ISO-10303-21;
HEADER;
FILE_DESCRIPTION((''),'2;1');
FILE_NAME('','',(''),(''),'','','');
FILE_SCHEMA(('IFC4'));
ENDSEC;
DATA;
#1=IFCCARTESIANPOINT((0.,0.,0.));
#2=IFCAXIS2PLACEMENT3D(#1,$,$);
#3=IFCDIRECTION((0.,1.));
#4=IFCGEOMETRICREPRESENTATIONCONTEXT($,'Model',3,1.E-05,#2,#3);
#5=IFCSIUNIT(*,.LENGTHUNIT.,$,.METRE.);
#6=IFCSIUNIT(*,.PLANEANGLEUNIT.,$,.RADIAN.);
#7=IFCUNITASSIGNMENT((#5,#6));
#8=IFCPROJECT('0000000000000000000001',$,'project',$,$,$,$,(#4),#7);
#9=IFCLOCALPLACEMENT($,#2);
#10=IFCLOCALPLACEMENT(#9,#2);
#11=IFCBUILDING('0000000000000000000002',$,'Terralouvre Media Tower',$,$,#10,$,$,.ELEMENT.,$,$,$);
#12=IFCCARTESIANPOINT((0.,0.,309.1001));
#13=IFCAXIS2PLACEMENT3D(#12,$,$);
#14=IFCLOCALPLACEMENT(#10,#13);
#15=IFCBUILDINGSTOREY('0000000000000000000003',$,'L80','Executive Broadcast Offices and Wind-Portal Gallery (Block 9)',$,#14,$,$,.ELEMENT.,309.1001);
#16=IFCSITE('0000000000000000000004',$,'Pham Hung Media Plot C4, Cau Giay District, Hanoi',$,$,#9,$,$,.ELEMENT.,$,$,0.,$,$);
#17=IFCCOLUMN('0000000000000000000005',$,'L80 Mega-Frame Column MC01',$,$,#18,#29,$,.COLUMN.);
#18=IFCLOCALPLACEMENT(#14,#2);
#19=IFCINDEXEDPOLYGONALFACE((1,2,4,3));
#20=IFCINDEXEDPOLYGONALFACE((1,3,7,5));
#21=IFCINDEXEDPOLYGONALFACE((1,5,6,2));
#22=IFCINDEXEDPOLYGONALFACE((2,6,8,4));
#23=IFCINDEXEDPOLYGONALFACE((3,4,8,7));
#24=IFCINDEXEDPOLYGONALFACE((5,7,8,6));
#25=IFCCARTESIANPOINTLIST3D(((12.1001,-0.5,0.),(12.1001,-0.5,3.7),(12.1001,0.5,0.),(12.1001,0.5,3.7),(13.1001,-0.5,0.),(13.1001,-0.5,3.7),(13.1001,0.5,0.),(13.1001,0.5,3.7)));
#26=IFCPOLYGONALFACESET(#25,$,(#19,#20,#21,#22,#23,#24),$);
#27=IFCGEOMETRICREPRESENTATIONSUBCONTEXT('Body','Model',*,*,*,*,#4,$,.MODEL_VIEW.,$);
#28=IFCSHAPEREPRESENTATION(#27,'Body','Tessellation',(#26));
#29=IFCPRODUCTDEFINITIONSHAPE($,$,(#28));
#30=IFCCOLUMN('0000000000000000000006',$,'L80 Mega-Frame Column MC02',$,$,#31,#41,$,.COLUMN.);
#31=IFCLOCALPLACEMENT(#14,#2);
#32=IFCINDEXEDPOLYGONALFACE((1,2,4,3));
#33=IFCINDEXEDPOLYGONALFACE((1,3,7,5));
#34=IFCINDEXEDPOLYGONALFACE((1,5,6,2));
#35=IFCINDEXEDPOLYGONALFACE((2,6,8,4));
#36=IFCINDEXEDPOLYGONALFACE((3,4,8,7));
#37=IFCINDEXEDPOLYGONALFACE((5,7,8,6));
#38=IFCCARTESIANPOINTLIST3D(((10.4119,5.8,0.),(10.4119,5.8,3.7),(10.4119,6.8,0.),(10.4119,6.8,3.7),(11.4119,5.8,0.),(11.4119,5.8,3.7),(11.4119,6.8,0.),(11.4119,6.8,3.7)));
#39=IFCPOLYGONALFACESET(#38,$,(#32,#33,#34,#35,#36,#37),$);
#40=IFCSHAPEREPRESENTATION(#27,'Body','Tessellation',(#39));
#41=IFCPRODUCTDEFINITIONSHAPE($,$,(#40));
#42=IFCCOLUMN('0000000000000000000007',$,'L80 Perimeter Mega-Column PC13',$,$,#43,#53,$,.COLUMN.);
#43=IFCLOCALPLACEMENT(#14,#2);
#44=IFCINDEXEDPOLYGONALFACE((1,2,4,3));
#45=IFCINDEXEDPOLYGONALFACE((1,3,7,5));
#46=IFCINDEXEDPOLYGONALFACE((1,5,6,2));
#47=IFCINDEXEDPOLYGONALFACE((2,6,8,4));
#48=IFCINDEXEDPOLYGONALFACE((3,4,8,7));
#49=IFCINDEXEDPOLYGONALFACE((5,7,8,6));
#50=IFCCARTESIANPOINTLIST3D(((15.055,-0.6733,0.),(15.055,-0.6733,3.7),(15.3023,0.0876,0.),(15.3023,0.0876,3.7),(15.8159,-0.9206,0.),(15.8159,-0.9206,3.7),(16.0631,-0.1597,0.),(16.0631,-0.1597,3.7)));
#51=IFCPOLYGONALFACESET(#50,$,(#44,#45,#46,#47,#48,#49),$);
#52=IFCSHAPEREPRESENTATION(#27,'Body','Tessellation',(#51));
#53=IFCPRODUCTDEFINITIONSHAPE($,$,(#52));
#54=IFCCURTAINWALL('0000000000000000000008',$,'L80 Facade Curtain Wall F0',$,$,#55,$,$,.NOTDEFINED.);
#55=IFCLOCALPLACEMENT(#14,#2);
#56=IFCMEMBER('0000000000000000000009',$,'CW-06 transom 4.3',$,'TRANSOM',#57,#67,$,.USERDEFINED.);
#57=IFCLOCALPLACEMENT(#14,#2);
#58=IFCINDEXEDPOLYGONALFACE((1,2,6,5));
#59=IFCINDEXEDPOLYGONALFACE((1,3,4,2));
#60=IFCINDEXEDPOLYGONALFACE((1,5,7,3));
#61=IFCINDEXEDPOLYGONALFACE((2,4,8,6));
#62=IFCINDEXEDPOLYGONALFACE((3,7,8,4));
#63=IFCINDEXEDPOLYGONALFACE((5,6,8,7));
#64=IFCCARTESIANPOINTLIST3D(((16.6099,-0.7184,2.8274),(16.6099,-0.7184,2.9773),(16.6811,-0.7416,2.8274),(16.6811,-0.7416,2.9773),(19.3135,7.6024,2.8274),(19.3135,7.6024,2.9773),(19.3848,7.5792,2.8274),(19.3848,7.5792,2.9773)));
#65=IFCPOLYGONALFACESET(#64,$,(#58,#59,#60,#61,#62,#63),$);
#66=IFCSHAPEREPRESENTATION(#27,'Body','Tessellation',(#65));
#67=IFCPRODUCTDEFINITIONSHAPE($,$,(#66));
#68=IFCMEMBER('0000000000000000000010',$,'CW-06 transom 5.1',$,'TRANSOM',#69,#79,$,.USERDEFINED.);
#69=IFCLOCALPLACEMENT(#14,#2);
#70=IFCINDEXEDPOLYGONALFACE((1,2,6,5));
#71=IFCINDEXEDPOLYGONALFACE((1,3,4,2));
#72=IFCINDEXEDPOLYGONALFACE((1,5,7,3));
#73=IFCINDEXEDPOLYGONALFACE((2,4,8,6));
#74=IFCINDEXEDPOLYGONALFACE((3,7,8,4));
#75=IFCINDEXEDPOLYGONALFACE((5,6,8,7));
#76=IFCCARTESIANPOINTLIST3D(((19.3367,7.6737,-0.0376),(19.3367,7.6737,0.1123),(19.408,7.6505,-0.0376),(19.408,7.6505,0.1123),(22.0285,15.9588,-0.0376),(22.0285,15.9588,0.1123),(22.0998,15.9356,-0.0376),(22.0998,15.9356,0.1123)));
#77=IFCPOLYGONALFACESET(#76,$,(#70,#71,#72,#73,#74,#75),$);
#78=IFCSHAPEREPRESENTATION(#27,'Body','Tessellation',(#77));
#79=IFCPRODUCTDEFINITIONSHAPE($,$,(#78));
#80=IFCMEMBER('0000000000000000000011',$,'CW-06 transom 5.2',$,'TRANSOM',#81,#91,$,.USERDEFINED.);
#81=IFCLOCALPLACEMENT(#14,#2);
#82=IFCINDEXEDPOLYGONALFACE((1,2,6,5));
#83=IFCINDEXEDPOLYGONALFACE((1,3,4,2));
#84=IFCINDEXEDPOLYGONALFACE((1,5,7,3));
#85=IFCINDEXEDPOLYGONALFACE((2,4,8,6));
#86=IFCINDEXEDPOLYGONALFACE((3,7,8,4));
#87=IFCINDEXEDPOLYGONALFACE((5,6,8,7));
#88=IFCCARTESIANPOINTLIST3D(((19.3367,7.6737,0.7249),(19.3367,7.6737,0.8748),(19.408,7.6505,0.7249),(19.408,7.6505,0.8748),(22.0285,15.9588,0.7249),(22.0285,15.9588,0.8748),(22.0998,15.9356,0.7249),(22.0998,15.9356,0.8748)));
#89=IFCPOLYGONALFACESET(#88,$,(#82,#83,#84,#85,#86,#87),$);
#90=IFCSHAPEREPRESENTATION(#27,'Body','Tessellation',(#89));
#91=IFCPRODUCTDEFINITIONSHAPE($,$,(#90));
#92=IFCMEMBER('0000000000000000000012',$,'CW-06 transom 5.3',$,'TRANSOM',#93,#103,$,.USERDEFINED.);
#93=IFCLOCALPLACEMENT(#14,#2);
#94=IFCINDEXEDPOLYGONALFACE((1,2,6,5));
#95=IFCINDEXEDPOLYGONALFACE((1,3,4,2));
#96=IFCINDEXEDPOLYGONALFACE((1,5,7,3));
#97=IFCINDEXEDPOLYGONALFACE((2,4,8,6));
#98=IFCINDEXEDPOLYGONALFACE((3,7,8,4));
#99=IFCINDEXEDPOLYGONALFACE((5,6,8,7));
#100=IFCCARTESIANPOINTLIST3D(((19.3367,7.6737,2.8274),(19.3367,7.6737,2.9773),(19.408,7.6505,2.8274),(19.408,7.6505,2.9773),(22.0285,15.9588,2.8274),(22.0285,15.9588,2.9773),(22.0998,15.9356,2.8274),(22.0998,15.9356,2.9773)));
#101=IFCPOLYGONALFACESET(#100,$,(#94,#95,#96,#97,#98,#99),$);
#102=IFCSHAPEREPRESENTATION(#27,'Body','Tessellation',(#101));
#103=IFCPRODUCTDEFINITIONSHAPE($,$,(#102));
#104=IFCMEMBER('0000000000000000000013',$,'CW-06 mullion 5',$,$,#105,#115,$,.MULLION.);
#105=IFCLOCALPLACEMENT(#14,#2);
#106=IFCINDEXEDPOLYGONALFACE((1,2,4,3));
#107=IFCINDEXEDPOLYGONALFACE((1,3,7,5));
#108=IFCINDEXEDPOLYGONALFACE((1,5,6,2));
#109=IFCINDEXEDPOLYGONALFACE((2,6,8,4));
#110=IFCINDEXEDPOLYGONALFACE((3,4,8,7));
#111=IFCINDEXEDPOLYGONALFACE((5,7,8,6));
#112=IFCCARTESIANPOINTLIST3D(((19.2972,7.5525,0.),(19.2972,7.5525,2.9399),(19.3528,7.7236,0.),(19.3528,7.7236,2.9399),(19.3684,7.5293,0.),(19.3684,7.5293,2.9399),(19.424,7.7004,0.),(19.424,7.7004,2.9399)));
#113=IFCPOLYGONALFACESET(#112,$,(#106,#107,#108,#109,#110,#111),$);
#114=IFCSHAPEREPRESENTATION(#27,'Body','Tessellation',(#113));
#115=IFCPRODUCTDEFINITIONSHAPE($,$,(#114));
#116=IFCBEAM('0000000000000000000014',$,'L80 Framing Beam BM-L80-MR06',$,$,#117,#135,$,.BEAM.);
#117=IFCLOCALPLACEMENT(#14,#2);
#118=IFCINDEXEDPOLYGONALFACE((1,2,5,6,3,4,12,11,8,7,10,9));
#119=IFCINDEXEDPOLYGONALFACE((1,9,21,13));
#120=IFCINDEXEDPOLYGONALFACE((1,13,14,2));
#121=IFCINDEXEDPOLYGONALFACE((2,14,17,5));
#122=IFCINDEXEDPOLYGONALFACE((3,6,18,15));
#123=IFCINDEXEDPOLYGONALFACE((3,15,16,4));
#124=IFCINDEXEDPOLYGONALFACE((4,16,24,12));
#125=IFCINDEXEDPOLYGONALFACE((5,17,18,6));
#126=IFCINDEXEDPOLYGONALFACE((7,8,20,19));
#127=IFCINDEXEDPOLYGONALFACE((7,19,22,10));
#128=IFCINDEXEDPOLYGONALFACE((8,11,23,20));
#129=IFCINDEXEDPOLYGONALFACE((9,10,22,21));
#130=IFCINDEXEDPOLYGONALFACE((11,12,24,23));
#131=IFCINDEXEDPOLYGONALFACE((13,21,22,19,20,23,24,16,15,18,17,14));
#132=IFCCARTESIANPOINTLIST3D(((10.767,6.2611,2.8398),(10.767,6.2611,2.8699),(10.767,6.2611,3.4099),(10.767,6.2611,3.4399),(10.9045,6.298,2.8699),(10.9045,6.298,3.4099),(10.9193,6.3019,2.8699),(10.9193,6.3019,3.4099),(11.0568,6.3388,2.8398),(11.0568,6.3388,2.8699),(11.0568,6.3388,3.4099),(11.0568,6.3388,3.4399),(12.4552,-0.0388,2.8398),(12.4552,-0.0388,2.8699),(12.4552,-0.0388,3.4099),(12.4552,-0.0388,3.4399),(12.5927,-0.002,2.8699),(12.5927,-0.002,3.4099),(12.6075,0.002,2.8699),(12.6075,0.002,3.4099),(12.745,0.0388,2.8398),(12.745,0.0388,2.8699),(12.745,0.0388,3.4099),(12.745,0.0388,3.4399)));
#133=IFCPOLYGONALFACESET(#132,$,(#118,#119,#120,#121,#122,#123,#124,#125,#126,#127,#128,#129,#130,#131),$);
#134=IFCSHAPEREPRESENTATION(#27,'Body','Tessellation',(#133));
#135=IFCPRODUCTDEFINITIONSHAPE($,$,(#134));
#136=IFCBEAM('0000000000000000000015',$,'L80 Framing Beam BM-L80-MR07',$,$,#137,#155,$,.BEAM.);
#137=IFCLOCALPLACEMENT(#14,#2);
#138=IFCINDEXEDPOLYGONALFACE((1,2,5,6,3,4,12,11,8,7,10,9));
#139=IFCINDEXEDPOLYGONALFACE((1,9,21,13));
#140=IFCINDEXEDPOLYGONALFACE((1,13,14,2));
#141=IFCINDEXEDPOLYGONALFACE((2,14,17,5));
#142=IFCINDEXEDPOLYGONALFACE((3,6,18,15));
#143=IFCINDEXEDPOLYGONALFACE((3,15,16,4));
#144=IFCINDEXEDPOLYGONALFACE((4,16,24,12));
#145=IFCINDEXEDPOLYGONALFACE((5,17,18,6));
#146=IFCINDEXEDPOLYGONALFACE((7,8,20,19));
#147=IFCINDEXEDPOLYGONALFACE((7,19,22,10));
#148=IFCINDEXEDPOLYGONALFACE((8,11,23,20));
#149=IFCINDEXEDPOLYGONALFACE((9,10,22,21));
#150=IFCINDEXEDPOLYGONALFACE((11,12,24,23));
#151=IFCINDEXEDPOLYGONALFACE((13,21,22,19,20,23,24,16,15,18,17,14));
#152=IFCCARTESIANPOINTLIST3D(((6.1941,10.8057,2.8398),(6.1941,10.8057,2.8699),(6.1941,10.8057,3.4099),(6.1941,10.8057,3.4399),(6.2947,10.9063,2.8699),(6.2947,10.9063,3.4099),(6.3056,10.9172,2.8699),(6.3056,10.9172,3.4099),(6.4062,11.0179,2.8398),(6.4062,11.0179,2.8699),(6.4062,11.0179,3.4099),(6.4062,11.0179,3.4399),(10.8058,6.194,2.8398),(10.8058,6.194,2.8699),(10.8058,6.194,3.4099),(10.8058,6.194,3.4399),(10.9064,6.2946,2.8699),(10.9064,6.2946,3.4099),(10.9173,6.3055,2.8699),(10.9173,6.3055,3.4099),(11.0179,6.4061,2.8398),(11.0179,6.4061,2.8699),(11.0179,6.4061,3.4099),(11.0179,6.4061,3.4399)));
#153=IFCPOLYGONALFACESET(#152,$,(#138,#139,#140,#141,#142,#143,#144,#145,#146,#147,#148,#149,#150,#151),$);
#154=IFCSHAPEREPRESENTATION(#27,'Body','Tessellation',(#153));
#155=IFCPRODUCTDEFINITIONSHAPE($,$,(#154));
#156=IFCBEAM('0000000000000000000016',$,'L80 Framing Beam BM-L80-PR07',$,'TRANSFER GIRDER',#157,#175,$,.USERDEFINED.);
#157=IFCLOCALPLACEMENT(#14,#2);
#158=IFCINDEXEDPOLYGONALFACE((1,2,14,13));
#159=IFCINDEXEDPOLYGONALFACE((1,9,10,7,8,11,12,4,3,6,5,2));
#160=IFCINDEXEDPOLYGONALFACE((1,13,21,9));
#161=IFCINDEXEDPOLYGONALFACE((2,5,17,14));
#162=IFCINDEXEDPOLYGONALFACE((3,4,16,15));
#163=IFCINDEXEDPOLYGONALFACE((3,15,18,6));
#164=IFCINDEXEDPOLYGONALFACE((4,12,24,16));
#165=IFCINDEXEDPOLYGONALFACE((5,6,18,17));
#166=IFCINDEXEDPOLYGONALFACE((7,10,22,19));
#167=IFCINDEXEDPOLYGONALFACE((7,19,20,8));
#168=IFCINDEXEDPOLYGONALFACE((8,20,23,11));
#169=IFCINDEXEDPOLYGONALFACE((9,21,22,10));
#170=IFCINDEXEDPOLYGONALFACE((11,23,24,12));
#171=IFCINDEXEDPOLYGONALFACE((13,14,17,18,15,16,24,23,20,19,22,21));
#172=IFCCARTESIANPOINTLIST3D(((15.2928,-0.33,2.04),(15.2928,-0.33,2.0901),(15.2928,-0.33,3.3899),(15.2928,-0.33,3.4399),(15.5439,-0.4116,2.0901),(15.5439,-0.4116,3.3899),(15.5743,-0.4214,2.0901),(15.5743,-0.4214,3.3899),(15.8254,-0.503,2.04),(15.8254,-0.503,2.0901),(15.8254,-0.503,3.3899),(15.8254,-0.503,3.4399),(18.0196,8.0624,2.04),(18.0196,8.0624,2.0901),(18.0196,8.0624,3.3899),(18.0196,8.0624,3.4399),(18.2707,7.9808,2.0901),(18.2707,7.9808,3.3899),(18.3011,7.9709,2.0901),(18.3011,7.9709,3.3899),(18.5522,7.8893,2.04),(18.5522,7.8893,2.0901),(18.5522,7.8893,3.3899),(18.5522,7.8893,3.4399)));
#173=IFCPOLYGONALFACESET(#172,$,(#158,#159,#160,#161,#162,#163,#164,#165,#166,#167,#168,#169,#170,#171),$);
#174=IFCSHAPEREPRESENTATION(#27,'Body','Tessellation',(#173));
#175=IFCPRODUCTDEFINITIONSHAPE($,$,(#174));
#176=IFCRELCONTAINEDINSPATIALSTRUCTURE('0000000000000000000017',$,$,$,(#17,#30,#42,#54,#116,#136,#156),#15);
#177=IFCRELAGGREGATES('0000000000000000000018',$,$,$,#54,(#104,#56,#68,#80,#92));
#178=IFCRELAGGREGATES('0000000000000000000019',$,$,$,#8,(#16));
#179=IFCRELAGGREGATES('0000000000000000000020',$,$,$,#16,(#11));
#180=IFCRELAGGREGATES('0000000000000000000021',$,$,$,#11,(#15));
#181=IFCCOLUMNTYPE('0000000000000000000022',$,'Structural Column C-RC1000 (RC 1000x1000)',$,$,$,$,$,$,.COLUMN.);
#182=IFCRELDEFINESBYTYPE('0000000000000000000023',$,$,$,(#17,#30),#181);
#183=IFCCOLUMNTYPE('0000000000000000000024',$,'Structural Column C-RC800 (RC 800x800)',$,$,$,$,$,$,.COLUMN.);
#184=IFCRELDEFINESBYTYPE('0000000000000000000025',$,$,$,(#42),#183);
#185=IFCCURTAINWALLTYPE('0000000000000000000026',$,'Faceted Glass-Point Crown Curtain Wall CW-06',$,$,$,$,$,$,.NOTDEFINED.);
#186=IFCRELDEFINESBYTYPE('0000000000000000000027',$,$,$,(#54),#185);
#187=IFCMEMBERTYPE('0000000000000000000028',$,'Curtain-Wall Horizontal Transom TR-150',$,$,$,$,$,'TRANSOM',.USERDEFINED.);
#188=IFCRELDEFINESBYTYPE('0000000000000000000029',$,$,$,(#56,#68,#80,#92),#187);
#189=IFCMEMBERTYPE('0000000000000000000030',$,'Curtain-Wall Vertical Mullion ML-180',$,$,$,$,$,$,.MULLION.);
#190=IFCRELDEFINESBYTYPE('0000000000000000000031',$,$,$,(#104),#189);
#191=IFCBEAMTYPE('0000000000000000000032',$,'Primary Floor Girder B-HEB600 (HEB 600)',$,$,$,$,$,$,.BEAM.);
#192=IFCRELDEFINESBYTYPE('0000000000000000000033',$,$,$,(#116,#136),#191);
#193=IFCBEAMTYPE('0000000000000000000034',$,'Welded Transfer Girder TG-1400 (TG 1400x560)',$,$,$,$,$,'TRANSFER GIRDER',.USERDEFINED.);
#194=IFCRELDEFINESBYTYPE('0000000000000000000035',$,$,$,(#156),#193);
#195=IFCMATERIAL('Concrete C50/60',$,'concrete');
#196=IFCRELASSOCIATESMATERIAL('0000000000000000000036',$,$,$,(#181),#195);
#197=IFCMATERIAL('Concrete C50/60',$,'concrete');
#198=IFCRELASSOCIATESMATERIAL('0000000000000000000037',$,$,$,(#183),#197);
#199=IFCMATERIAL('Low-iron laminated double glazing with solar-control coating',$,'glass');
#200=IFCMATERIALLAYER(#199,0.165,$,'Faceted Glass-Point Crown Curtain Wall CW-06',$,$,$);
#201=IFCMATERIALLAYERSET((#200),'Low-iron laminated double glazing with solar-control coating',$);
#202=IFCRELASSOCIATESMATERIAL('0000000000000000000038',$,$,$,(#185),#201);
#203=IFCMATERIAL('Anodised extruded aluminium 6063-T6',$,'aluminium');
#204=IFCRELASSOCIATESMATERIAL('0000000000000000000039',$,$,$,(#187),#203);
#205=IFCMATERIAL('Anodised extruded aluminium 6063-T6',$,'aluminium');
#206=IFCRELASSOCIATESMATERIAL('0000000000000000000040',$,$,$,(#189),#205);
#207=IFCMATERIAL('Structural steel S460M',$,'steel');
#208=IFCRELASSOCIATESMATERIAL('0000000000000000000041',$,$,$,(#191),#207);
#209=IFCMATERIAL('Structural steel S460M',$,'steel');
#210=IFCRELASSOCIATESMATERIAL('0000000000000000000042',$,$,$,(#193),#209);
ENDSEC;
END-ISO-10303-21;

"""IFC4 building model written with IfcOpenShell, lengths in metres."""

from ifc_helpers import new_model, si_unit, direction, frame, origin, origin_2d, place, context, subcontext, project, spatial, rectangle, i_section, extrude, material, layer, layer_set, material_profile, profile_set, type_object, element, aggregate, save


model = new_model("IFC4")

# Units and contexts
model_context = context("Model", 3, precision=1e-05, world=origin(), true_north=direction((0.0, 1.0)))
body_context = subcontext(model_context, "Body", "Model", "MODEL_VIEW")
ifc_project = project(units=[si_unit("LENGTHUNIT", "METRE"), si_unit("PLANEANGLEUNIT", "RADIAN")], contexts=[model_context])

# Site, building, storey
site_placement = place(None, origin())
site = spatial("IfcSite", under=ifc_project, at=site_placement, Name="Pham Hung Media Plot C4, Cau Giay District, Hanoi", CompositionType="ELEMENT", RefElevation=0.0)
building_placement = place(site_placement, origin())
building = spatial("IfcBuilding", under=site, at=building_placement, Name="Terralouvre Media Tower", CompositionType="ELEMENT")
storey_placement = place(building_placement, frame((0.0, 0.0, 309.1001)))
storey = spatial("IfcBuildingStorey", under=building, at=storey_placement, Name="L80", Description="Executive Broadcast Offices and Wind-Portal Gallery (Block 9)", CompositionType="ELEMENT", Elevation=309.1001)

# Columns
ifc_material_1 = material(Name="Concrete C50/60", Category="concrete")
ifc_material_profile_1 = material_profile(ifc_material_1, rectangle(XDim=1.0, YDim=1.0, at=origin_2d()), Name="RC 1000x1000")
ifc_profile_set_1 = profile_set([ifc_material_profile_1], Name="Concrete C50/60")
column_type_1 = type_object("IfcColumnType", Name="Structural Column C-RC1000 (RC 1000x1000)", PredefinedType="COLUMN", material=ifc_profile_set_1)
for number, where, z_axis, x_axis, name in (
    (1, (12.6001, 0.0, 0.0), (0.0, 0.0, 1.0), (1.0, 0.0, 0.0), "L80 Mega-Frame Column MC01"),
    (2, (10.9119, 6.3, 0.0), (0.0, 0.0, 1.0), (1.0, 0.0, 0.0), "L80 Mega-Frame Column MC02"),
):
    element("IfcColumn", number, at=place(storey_placement, frame(where, z_axis=z_axis, x_axis=x_axis)), inside=storey, type_object=column_type_1, Name=name, PredefinedType="COLUMN", context=body_context, shape_type="SweptSolid", body=[
        extrude(rectangle(XDim=1.0, YDim=1.0, at=origin_2d()), origin(), (0.0, 0.0, 1.0), 3.7),
    ])
ifc_material_2 = material(Name="Concrete C50/60", Category="concrete")
ifc_material_profile_2 = material_profile(ifc_material_2, rectangle(XDim=0.8, YDim=0.8, at=origin_2d()), Name="RC 800x800")
ifc_profile_set_2 = profile_set([ifc_material_profile_2], Name="Concrete C50/60")
column_type_2 = type_object("IfcColumnType", Name="Structural Column C-RC800 (RC 800x800)", PredefinedType="COLUMN", material=ifc_profile_set_2)
column_placement = place(storey_placement, frame((15.5591, -0.4165, 0.0), z_axis=(0.0, 0.0, 1.0), x_axis=(0.309017, 0.951057, 0.0)))
element("IfcColumn", 3, at=column_placement, inside=storey, type_object=column_type_2, Name="L80 Perimeter Mega-Column PC13", PredefinedType="COLUMN", context=body_context, shape_type="SweptSolid", body=[
    extrude(rectangle(XDim=0.8, YDim=0.8, at=origin_2d()), origin(), (0.0, 0.0, 1.0), 3.7),
])

# Curtain wall, members
ifc_material_3 = material(Name="Low-iron laminated double glazing with solar-control coating", Category="glass")
ifc_layer_1 = layer(ifc_material_3, 0.165, Name="Faceted Glass-Point Crown Curtain Wall CW-06")
ifc_layer_set_1 = layer_set([ifc_layer_1], Name="Low-iron laminated double glazing with solar-control coating")
curtain_wall_type = type_object("IfcCurtainWallType", Name="Faceted Glass-Point Crown Curtain Wall CW-06", PredefinedType="NOTDEFINED", material=ifc_layer_set_1)
curtain_wall_placement = place(storey_placement, origin())
curtain_wall = element("IfcCurtainWall", 4, at=curtain_wall_placement, inside=storey, type_object=curtain_wall_type, Name="L80 Facade Curtain Wall F0", PredefinedType="NOTDEFINED")
ifc_material_4 = material(Name="Anodised extruded aluminium 6063-T6", Category="aluminium")
ifc_material_profile_3 = material_profile(ifc_material_4, rectangle(XDim=0.075, YDim=0.1499, at=origin_2d()), Name="ALU 75x150")
ifc_profile_set_3 = profile_set([ifc_material_profile_3], Name="Anodised extruded aluminium 6063-T6")
member_type_1 = type_object("IfcMemberType", Name="Curtain-Wall Horizontal Transom TR-150", ElementType="TRANSOM", PredefinedType="USERDEFINED", material=ifc_profile_set_3)
member_1_placement = place(storey_placement, frame((16.6455, -0.73, 2.9023), z_axis=(0.309019, 0.951056, 0.0), x_axis=(-0.951056, 0.309019, 0.0)))
member_1 = element("IfcMember", 5, at=member_1_placement, type_object=member_type_1, Name="CW-06 transom 4.3", ObjectType="TRANSOM", PredefinedType="USERDEFINED", context=body_context, shape_type="SweptSolid", body=[
    extrude(rectangle(XDim=0.075, YDim=0.1499, at=origin_2d()), origin(), (0.0, 0.0, 1.0), 8.749),
])
member_2_placement = place(storey_placement, frame((19.3723, 7.6621, 0.0374), z_axis=(0.309005, 0.95106, 0.0), x_axis=(-0.95106, 0.309005, 0.0)))
member_2 = element("IfcMember", 6, at=member_2_placement, type_object=member_type_1, Name="CW-06 transom 5.1", ObjectType="TRANSOM", PredefinedType="USERDEFINED", context=body_context, shape_type="SweptSolid", body=[
    extrude(rectangle(XDim=0.075, YDim=0.1499, at=origin_2d()), origin(), (0.0, 0.0, 1.0), 8.7114),
])
member_3_placement = place(storey_placement, frame((19.3723, 7.6621, 0.7998), z_axis=(0.309005, 0.95106, 0.0), x_axis=(-0.95106, 0.309005, 0.0)))
member_3 = element("IfcMember", 7, at=member_3_placement, type_object=member_type_1, Name="CW-06 transom 5.2", ObjectType="TRANSOM", PredefinedType="USERDEFINED", context=body_context, shape_type="SweptSolid", body=[
    extrude(rectangle(XDim=0.075, YDim=0.1499, at=origin_2d()), origin(), (0.0, 0.0, 1.0), 8.7114),
])
member_4_placement = place(storey_placement, frame((19.3723, 7.6621, 2.9023), z_axis=(0.309005, 0.95106, 0.0), x_axis=(-0.95106, 0.309005, 0.0)))
member_4 = element("IfcMember", 8, at=member_4_placement, type_object=member_type_1, Name="CW-06 transom 5.3", ObjectType="TRANSOM", PredefinedType="USERDEFINED", context=body_context, shape_type="SweptSolid", body=[
    extrude(rectangle(XDim=0.075, YDim=0.1499, at=origin_2d()), origin(), (0.0, 0.0, 1.0), 8.7114),
])
ifc_material_5 = material(Name="Anodised extruded aluminium 6063-T6", Category="aluminium")
ifc_material_profile_4 = material_profile(ifc_material_5, rectangle(XDim=0.075, YDim=0.1799, at=origin_2d()), Name="ALU 75x180")
ifc_profile_set_4 = profile_set([ifc_material_profile_4], Name="Anodised extruded aluminium 6063-T6")
member_type_2 = type_object("IfcMemberType", Name="Curtain-Wall Vertical Mullion ML-180", PredefinedType="MULLION", material=ifc_profile_set_4)
member_5_placement = place(storey_placement, frame((19.3606, 7.6265, 0.0), z_axis=(0.0, 0.0, 1.0), x_axis=(-0.951057, 0.309017, 0.0)))
member_5 = element("IfcMember", 9, at=member_5_placement, type_object=member_type_2, Name="CW-06 mullion 5", PredefinedType="MULLION", context=body_context, shape_type="SweptSolid", body=[
    extrude(rectangle(XDim=0.075, YDim=0.1799, at=origin_2d()), origin(), (0.0, 0.0, 1.0), 2.9399),
])

# Beams
ifc_material_6 = material(Name="Structural steel S460M", Category="steel")
ifc_material_profile_5 = material_profile(ifc_material_6, i_section(OverallWidth=0.3, OverallDepth=0.6001, WebThickness=0.0154, FlangeThickness=0.03, at=origin_2d()), Name="HEB 600")
ifc_profile_set_5 = profile_set([ifc_material_profile_5], Name="Structural steel S460M")
beam_type_1 = type_object("IfcBeamType", Name="Primary Floor Girder B-HEB600 (HEB 600)", PredefinedType="BEAM", material=ifc_profile_set_5)
beam_1_placement = place(storey_placement, frame((12.6001, 0.0, 3.1399), z_axis=(-0.258839, 0.96592, 0.0), x_axis=(-0.96592, -0.258839, 0.0)))
element("IfcBeam", 10, at=beam_1_placement, inside=storey, type_object=beam_type_1, Name="L80 Framing Beam BM-L80-MR06", PredefinedType="BEAM", context=body_context, shape_type="SweptSolid", body=[
    extrude(i_section(OverallWidth=0.3, OverallDepth=0.6001, WebThickness=0.0154, FlangeThickness=0.03, at=origin_2d()), origin(), (0.0, 0.0, 1.0), 6.5222),
])
beam_2_placement = place(storey_placement, frame((10.9119, 6.3, 3.1399), z_axis=(-0.707107, 0.707107, 0.0), x_axis=(-0.707107, -0.707107, 0.0)))
element("IfcBeam", 11, at=beam_2_placement, inside=storey, type_object=beam_type_1, Name="L80 Framing Beam BM-L80-MR07", PredefinedType="BEAM", context=body_context, shape_type="SweptSolid", body=[
    extrude(i_section(OverallWidth=0.3, OverallDepth=0.6001, WebThickness=0.0154, FlangeThickness=0.03, at=origin_2d()), origin(), (0.0, 0.0, 1.0), 6.522),
])
ifc_material_7 = material(Name="Structural steel S460M", Category="steel")
ifc_material_profile_6 = material_profile(ifc_material_7, i_section(OverallWidth=0.5601, OverallDepth=1.3999, WebThickness=0.032, FlangeThickness=0.05, at=origin_2d()), Name="TG 1400x560")
ifc_profile_set_6 = profile_set([ifc_material_profile_6], Name="Structural steel S460M")
beam_type_2 = type_object("IfcBeamType", Name="Welded Transfer Girder TG-1400 (TG 1400x560)", ElementType="TRANSFER GIRDER", PredefinedType="USERDEFINED", material=ifc_profile_set_6)
beam_3_placement = place(storey_placement, frame((15.5591, -0.4165, 2.74), z_axis=(0.309014, 0.951057, 0.0), x_axis=(-0.951057, 0.309014, 0.0)))
element("IfcBeam", 12, at=beam_3_placement, inside=storey, type_object=beam_type_2, Name="L80 Framing Beam BM-L80-PR07", ObjectType="TRANSFER GIRDER", PredefinedType="USERDEFINED", context=body_context, shape_type="SweptSolid", body=[
    extrude(i_section(OverallWidth=0.5601, OverallDepth=1.3999, WebThickness=0.032, FlangeThickness=0.05, at=origin_2d()), origin(), (0.0, 0.0, 1.0), 8.8242),
])

aggregate(curtain_wall, [member_5, member_1, member_2, member_3, member_4])

save(model, "model.ifc")
